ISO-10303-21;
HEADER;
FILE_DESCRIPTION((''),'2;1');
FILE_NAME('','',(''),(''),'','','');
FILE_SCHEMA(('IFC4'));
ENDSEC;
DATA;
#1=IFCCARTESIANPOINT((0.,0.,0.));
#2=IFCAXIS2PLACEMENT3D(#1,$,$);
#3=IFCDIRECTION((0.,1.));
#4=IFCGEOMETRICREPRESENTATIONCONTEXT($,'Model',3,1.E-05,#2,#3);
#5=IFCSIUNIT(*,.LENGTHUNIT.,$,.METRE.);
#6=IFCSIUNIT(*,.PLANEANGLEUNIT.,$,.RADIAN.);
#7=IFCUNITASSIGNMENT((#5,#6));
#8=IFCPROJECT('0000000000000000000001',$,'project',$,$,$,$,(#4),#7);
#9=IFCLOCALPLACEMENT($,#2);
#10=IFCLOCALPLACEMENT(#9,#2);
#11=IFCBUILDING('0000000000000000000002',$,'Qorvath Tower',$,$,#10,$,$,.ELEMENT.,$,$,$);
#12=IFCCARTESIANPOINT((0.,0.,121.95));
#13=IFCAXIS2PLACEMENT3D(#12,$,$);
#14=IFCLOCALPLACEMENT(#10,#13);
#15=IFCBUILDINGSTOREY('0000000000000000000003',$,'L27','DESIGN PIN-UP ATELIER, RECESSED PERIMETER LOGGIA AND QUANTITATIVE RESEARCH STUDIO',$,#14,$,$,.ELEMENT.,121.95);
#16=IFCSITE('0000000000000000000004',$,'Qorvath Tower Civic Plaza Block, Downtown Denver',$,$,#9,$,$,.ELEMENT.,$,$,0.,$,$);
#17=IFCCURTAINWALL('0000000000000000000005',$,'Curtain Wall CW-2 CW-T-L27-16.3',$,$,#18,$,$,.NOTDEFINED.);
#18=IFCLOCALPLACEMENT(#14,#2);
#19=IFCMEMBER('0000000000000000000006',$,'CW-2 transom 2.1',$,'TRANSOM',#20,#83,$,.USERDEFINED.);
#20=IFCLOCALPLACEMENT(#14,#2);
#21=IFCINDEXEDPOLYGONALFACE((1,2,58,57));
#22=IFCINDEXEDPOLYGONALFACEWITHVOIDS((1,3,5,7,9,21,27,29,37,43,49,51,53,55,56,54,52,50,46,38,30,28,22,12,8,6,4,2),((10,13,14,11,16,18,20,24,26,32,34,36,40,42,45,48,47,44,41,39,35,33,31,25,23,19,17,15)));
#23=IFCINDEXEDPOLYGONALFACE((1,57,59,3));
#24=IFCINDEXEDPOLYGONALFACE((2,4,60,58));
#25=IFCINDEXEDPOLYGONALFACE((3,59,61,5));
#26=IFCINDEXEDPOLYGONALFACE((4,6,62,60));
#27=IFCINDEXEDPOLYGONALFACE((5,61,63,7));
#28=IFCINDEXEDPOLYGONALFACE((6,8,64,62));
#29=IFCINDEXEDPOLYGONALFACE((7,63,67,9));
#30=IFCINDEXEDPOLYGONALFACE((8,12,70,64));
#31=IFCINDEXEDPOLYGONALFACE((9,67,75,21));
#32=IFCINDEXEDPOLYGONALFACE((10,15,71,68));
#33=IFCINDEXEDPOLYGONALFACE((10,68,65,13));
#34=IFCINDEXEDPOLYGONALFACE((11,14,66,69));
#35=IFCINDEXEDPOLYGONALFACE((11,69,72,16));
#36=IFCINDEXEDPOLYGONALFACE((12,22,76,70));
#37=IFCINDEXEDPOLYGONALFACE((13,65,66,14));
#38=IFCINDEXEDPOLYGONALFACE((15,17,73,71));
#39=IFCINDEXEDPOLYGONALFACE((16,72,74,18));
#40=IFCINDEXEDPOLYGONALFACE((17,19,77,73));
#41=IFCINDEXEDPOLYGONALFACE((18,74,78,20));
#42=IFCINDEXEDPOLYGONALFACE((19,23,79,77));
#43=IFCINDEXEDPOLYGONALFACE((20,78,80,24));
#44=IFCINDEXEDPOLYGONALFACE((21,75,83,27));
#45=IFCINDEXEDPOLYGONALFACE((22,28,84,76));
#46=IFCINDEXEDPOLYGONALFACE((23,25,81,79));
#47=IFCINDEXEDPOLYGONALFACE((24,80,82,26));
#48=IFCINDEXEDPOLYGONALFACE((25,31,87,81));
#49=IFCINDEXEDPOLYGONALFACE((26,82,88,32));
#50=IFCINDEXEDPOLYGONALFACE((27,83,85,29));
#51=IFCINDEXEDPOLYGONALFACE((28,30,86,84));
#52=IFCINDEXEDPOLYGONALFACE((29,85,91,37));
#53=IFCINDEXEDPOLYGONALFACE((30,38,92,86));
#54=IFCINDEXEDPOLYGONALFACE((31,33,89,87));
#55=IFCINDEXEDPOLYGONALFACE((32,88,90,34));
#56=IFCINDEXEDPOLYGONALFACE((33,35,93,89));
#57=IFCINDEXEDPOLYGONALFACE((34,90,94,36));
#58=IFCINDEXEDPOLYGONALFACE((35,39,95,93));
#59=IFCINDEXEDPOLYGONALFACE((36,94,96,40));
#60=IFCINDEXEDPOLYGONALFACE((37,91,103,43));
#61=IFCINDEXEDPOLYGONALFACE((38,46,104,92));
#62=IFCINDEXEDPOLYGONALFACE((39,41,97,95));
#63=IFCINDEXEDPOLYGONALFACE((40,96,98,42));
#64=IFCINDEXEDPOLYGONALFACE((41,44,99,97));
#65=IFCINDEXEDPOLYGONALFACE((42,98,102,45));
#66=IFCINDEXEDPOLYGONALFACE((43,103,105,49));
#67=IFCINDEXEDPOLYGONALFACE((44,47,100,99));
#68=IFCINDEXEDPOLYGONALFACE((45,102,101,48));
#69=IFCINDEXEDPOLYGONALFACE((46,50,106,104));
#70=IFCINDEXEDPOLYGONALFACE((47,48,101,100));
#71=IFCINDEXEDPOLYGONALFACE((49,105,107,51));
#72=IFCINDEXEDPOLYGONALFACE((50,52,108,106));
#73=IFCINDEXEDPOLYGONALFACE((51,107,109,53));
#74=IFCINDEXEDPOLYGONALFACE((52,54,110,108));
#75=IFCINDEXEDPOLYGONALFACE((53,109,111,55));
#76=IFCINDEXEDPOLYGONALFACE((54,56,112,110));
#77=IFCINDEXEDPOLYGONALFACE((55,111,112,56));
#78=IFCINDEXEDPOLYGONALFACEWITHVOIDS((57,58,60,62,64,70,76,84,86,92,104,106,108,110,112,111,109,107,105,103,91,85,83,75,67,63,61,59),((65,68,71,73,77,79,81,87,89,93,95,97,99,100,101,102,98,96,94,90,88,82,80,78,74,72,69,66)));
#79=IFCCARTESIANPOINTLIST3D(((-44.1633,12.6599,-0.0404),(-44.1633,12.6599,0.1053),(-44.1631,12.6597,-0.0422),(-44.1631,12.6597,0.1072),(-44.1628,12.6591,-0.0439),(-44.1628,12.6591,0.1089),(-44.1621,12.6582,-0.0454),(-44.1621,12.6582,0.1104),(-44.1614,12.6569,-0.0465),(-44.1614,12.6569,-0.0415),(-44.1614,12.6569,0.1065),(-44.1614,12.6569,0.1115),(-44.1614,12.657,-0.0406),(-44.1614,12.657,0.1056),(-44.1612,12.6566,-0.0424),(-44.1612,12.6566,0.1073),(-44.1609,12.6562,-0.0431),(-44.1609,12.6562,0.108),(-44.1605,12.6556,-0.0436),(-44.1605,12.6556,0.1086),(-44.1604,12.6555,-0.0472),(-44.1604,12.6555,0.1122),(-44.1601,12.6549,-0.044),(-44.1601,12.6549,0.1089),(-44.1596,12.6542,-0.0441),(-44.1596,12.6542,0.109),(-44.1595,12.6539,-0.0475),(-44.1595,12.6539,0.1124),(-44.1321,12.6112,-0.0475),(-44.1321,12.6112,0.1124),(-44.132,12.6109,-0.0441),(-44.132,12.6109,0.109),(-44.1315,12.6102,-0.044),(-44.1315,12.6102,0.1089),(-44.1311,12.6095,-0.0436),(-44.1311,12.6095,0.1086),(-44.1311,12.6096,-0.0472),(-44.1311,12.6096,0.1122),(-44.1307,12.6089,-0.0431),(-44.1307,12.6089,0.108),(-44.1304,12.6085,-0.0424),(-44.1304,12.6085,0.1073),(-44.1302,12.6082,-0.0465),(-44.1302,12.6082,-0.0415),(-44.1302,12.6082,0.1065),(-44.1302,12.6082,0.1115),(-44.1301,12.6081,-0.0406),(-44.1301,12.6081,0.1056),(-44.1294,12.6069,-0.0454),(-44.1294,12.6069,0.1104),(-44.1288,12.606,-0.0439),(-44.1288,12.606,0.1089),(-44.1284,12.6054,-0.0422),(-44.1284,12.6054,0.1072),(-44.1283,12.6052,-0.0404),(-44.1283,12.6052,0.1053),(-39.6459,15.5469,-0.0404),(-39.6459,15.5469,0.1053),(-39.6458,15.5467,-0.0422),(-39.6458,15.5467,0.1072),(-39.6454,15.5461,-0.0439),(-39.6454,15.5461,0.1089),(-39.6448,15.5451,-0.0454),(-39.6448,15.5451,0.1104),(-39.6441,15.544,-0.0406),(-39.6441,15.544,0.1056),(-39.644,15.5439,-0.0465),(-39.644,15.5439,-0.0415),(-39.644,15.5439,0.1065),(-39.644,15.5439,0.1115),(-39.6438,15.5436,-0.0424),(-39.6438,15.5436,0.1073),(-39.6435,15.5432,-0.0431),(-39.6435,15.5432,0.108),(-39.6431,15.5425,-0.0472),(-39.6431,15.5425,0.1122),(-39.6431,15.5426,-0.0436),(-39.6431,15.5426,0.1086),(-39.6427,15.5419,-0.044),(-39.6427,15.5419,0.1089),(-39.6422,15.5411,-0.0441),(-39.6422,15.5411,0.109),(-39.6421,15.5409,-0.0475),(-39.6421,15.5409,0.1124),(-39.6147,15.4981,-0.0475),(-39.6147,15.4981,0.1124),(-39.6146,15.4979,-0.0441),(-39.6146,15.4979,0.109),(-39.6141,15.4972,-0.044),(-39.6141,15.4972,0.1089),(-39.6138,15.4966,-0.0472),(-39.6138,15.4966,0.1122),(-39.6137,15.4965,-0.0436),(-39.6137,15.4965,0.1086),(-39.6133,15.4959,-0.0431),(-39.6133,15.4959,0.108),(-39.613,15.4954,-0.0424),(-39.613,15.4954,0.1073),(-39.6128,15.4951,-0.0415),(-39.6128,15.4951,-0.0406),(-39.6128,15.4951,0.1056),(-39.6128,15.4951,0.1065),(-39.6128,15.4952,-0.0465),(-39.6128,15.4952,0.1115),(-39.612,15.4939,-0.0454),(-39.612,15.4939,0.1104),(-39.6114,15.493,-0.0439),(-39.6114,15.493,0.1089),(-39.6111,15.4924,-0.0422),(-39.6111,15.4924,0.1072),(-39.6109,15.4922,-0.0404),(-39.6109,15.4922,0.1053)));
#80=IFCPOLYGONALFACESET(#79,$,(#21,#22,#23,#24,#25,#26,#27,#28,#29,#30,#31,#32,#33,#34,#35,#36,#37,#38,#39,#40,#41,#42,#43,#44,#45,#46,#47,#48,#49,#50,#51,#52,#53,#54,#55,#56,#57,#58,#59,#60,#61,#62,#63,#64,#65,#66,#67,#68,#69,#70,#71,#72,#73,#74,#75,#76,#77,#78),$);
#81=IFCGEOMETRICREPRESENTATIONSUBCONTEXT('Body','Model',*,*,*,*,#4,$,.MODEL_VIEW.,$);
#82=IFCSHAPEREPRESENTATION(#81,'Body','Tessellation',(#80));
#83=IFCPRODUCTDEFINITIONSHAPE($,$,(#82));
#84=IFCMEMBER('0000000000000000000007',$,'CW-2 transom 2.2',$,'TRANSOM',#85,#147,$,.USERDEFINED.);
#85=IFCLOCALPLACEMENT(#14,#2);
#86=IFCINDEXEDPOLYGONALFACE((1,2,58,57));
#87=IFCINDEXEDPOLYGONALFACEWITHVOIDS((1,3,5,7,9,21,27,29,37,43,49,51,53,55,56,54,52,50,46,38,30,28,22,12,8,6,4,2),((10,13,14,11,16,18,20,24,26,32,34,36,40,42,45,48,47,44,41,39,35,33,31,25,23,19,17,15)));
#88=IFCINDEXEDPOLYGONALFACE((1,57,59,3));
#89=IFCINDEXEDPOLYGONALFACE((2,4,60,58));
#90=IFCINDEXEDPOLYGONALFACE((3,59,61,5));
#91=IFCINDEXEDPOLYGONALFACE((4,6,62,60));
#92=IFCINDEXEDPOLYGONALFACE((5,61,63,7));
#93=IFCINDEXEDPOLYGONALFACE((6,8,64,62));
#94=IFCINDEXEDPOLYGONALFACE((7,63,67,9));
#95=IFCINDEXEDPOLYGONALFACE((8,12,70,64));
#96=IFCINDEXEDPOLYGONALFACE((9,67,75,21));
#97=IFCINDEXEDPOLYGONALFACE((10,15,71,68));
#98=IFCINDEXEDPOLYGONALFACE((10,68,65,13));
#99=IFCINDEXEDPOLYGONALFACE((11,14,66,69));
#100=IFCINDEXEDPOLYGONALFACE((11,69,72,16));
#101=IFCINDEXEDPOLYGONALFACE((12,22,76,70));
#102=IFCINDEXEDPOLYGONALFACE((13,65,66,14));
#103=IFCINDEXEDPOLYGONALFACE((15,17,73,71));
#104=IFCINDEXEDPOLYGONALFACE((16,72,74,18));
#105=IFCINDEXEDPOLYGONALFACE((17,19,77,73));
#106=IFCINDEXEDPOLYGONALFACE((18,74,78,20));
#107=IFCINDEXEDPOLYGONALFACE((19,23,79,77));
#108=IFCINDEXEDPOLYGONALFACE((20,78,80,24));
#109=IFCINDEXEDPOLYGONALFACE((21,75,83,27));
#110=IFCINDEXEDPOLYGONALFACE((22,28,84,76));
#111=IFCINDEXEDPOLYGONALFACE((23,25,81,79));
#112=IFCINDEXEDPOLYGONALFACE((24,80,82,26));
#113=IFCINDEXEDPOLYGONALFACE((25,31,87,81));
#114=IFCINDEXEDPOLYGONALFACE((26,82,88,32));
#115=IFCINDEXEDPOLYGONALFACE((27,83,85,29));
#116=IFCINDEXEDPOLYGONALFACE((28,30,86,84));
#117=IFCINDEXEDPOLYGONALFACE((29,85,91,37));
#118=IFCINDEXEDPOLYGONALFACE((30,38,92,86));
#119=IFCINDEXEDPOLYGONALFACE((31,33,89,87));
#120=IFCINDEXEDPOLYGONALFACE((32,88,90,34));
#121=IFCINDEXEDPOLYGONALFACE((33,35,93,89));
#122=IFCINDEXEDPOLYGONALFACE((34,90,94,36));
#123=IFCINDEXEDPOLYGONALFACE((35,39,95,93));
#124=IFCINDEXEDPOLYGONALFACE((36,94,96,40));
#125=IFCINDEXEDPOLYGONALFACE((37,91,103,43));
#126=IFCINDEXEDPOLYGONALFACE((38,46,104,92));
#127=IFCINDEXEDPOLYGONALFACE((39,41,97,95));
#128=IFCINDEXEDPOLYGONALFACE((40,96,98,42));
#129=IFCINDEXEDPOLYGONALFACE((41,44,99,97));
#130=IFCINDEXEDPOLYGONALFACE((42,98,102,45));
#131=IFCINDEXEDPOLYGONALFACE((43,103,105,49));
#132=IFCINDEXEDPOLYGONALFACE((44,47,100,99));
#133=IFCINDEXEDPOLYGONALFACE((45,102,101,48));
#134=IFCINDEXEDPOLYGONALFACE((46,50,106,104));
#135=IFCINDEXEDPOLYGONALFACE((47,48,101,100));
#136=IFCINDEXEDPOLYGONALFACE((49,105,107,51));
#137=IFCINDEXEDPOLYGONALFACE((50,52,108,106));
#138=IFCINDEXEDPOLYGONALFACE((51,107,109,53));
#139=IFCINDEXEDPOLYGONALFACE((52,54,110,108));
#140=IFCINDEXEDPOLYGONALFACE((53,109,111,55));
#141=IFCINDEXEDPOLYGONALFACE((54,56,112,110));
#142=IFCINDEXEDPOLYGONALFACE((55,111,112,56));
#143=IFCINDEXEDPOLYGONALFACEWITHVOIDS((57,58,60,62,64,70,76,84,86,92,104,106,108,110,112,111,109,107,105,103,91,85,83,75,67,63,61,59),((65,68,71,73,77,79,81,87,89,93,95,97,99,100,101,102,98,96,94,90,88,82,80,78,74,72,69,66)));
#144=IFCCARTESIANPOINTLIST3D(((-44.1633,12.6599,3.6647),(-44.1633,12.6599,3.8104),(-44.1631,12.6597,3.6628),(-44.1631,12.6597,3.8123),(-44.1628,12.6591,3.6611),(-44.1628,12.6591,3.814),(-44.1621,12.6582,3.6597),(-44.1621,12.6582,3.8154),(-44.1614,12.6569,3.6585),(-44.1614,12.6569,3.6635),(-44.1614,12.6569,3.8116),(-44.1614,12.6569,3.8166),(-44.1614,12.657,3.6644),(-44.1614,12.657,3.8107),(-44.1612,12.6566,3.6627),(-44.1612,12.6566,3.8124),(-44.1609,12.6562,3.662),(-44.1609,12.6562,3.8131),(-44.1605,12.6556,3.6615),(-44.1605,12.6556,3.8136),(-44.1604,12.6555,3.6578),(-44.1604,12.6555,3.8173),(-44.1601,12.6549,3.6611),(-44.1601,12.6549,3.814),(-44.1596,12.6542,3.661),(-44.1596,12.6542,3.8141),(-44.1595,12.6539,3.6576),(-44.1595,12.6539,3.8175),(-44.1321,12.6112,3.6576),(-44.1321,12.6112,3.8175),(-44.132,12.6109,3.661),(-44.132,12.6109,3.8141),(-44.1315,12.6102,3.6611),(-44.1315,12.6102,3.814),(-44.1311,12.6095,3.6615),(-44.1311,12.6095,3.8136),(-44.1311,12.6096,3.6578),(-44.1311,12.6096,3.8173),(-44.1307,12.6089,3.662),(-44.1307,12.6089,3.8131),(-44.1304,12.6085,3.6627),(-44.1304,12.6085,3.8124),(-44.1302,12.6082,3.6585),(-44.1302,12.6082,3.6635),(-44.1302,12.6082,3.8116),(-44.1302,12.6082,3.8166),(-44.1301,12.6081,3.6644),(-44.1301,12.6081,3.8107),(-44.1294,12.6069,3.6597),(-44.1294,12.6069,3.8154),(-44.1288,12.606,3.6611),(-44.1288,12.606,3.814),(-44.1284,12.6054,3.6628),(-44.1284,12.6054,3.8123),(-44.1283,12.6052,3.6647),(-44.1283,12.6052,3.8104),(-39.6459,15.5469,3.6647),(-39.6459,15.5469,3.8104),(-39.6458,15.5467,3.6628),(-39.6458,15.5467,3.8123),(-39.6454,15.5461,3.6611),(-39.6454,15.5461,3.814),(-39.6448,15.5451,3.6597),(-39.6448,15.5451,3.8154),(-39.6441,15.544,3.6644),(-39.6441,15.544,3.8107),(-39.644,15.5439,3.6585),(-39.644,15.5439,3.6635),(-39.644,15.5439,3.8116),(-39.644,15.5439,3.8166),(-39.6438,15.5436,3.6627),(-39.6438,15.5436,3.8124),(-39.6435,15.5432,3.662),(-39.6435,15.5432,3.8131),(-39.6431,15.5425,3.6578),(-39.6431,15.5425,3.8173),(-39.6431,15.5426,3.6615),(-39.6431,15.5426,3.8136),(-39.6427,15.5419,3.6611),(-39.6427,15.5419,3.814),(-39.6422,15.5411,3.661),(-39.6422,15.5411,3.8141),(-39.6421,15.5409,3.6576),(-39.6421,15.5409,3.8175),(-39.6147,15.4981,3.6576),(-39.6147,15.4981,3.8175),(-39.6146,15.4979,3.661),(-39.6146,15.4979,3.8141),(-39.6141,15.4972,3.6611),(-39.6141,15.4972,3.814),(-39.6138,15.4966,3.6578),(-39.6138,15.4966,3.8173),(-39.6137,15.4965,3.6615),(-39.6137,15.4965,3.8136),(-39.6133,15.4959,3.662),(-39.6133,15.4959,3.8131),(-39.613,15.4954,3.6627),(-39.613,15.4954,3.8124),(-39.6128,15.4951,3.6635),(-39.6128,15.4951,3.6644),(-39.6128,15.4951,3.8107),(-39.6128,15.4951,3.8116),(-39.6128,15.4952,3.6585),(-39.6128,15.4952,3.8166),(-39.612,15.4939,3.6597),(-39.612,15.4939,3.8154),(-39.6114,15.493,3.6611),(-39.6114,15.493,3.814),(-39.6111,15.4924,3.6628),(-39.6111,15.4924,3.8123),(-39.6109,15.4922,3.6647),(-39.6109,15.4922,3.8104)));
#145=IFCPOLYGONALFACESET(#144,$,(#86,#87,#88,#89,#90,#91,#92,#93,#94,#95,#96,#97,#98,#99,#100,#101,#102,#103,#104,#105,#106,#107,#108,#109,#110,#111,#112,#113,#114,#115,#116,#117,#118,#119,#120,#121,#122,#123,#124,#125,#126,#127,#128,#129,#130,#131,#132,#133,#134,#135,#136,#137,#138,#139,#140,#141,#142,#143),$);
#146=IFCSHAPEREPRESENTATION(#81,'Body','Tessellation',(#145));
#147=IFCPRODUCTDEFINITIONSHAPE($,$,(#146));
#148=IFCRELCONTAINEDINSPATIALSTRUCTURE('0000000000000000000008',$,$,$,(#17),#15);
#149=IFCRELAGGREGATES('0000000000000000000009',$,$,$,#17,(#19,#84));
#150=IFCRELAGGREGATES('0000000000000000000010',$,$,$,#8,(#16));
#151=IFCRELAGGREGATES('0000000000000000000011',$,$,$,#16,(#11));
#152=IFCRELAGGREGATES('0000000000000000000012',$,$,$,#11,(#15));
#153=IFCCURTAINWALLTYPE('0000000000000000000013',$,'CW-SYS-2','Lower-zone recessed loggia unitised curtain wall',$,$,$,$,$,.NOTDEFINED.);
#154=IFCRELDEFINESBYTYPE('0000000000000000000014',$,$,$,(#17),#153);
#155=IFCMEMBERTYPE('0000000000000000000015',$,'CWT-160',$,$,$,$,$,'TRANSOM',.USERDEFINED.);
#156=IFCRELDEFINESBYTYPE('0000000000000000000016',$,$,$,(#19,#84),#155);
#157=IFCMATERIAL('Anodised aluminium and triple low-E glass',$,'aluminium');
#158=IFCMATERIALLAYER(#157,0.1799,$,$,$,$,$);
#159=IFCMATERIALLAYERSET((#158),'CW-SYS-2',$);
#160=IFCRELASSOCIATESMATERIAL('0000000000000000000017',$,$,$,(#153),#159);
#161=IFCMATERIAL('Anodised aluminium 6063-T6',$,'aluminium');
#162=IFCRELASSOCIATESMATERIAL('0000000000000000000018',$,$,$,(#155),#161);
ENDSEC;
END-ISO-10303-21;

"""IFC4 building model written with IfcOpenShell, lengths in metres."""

from ifc_helpers import new_model, si_unit, direction, frame, origin, origin_2d, place, context, subcontext, project, spatial, hollow_rectangle, extrude, material, layer, layer_set, material_profile, profile_set, type_object, element, aggregate, save


model = new_model("IFC4")

# Units and contexts
model_context = context("Model", 3, precision=1e-05, world=origin(), true_north=direction((0.0, 1.0)))
body_context = subcontext(model_context, "Body", "Model", "MODEL_VIEW")
ifc_project = project(units=[si_unit("LENGTHUNIT", "METRE"), si_unit("PLANEANGLEUNIT", "RADIAN")], contexts=[model_context])

# Site, building, storey
site_placement = place(None, origin())
site = spatial("IfcSite", under=ifc_project, at=site_placement, Name="Qorvath Tower Civic Plaza Block, Downtown Denver", CompositionType="ELEMENT", RefElevation=0.0)
building_placement = place(site_placement, origin())
building = spatial("IfcBuilding", under=site, at=building_placement, Name="Qorvath Tower", CompositionType="ELEMENT")
storey_placement = place(building_placement, frame((0.0, 0.0, 121.95)))
storey = spatial("IfcBuildingStorey", under=building, at=storey_placement, Name="L27", Description="DESIGN PIN-UP ATELIER, RECESSED PERIMETER LOGGIA AND QUANTITATIVE RESEARCH STUDIO", CompositionType="ELEMENT", Elevation=121.95)

# Curtain wall, members
ifc_material_1 = material(Name="Anodised aluminium and triple low-E glass", Category="aluminium")
ifc_layer_1 = layer(ifc_material_1, 0.1799)
ifc_layer_set_1 = layer_set([ifc_layer_1], Name="CW-SYS-2")
curtain_wall_type = type_object("IfcCurtainWallType", Name="CW-SYS-2", Description="Lower-zone recessed loggia unitised curtain wall", PredefinedType="NOTDEFINED", material=ifc_layer_set_1)
curtain_wall_placement = place(storey_placement, origin())
curtain_wall = element("IfcCurtainWall", 1, at=curtain_wall_placement, inside=storey, type_object=curtain_wall_type, Name="Curtain Wall CW-2 CW-T-L27-16.3", PredefinedType="NOTDEFINED")
ifc_material_2 = material(Name="Anodised aluminium 6063-T6", Category="aluminium")
ifc_material_profile_1 = material_profile(ifc_material_2, hollow_rectangle(XDim=0.0649, YDim=0.1599, WallThickness=0.0034, InnerFilletRadius=0.0034, OuterFilletRadius=0.0071, at=origin_2d()), Name="CWT 160x65")
ifc_profile_set_1 = profile_set([ifc_material_profile_1], Name="Anodised aluminium 6063-T6")
member_type_1 = type_object("IfcMemberType", Name="CWT-160", ElementType="TRANSOM", PredefinedType="USERDEFINED", material=ifc_profile_set_1)
member_1_placement = place(storey_placement, frame((-39.6284, 15.5195, 0.0325), z_axis=(-0.842621, -0.538507, 0.0), x_axis=(0.538507, -0.842621, 0.0)))
member_1 = element("IfcMember", 2, at=member_1_placement, type_object=member_type_1, Name="CW-2 transom 2.1", ObjectType="TRANSOM", PredefinedType="USERDEFINED", context=body_context, shape_type="SweptSolid", body=[
    extrude(hollow_rectangle(XDim=0.0649, YDim=0.1599, WallThickness=0.0034, InnerFilletRadius=0.0034, OuterFilletRadius=0.0071, at=origin_2d()), origin(), (0.0, 0.0, 1.0), 5.3611),
])
member_2_placement = place(storey_placement, frame((-39.6284, 15.5195, 3.7375), z_axis=(-0.842621, -0.538507, 0.0), x_axis=(0.538507, -0.842621, 0.0)))
member_2 = element("IfcMember", 3, at=member_2_placement, type_object=member_type_1, Name="CW-2 transom 2.2", ObjectType="TRANSOM", PredefinedType="USERDEFINED", context=body_context, shape_type="SweptSolid", body=[
    extrude(hollow_rectangle(XDim=0.0649, YDim=0.1599, WallThickness=0.0034, InnerFilletRadius=0.0034, OuterFilletRadius=0.0071, at=origin_2d()), origin(), (0.0, 0.0, 1.0), 5.3611),
])
aggregate(curtain_wall, [member_1, member_2])

save(model, "model.ifc")
